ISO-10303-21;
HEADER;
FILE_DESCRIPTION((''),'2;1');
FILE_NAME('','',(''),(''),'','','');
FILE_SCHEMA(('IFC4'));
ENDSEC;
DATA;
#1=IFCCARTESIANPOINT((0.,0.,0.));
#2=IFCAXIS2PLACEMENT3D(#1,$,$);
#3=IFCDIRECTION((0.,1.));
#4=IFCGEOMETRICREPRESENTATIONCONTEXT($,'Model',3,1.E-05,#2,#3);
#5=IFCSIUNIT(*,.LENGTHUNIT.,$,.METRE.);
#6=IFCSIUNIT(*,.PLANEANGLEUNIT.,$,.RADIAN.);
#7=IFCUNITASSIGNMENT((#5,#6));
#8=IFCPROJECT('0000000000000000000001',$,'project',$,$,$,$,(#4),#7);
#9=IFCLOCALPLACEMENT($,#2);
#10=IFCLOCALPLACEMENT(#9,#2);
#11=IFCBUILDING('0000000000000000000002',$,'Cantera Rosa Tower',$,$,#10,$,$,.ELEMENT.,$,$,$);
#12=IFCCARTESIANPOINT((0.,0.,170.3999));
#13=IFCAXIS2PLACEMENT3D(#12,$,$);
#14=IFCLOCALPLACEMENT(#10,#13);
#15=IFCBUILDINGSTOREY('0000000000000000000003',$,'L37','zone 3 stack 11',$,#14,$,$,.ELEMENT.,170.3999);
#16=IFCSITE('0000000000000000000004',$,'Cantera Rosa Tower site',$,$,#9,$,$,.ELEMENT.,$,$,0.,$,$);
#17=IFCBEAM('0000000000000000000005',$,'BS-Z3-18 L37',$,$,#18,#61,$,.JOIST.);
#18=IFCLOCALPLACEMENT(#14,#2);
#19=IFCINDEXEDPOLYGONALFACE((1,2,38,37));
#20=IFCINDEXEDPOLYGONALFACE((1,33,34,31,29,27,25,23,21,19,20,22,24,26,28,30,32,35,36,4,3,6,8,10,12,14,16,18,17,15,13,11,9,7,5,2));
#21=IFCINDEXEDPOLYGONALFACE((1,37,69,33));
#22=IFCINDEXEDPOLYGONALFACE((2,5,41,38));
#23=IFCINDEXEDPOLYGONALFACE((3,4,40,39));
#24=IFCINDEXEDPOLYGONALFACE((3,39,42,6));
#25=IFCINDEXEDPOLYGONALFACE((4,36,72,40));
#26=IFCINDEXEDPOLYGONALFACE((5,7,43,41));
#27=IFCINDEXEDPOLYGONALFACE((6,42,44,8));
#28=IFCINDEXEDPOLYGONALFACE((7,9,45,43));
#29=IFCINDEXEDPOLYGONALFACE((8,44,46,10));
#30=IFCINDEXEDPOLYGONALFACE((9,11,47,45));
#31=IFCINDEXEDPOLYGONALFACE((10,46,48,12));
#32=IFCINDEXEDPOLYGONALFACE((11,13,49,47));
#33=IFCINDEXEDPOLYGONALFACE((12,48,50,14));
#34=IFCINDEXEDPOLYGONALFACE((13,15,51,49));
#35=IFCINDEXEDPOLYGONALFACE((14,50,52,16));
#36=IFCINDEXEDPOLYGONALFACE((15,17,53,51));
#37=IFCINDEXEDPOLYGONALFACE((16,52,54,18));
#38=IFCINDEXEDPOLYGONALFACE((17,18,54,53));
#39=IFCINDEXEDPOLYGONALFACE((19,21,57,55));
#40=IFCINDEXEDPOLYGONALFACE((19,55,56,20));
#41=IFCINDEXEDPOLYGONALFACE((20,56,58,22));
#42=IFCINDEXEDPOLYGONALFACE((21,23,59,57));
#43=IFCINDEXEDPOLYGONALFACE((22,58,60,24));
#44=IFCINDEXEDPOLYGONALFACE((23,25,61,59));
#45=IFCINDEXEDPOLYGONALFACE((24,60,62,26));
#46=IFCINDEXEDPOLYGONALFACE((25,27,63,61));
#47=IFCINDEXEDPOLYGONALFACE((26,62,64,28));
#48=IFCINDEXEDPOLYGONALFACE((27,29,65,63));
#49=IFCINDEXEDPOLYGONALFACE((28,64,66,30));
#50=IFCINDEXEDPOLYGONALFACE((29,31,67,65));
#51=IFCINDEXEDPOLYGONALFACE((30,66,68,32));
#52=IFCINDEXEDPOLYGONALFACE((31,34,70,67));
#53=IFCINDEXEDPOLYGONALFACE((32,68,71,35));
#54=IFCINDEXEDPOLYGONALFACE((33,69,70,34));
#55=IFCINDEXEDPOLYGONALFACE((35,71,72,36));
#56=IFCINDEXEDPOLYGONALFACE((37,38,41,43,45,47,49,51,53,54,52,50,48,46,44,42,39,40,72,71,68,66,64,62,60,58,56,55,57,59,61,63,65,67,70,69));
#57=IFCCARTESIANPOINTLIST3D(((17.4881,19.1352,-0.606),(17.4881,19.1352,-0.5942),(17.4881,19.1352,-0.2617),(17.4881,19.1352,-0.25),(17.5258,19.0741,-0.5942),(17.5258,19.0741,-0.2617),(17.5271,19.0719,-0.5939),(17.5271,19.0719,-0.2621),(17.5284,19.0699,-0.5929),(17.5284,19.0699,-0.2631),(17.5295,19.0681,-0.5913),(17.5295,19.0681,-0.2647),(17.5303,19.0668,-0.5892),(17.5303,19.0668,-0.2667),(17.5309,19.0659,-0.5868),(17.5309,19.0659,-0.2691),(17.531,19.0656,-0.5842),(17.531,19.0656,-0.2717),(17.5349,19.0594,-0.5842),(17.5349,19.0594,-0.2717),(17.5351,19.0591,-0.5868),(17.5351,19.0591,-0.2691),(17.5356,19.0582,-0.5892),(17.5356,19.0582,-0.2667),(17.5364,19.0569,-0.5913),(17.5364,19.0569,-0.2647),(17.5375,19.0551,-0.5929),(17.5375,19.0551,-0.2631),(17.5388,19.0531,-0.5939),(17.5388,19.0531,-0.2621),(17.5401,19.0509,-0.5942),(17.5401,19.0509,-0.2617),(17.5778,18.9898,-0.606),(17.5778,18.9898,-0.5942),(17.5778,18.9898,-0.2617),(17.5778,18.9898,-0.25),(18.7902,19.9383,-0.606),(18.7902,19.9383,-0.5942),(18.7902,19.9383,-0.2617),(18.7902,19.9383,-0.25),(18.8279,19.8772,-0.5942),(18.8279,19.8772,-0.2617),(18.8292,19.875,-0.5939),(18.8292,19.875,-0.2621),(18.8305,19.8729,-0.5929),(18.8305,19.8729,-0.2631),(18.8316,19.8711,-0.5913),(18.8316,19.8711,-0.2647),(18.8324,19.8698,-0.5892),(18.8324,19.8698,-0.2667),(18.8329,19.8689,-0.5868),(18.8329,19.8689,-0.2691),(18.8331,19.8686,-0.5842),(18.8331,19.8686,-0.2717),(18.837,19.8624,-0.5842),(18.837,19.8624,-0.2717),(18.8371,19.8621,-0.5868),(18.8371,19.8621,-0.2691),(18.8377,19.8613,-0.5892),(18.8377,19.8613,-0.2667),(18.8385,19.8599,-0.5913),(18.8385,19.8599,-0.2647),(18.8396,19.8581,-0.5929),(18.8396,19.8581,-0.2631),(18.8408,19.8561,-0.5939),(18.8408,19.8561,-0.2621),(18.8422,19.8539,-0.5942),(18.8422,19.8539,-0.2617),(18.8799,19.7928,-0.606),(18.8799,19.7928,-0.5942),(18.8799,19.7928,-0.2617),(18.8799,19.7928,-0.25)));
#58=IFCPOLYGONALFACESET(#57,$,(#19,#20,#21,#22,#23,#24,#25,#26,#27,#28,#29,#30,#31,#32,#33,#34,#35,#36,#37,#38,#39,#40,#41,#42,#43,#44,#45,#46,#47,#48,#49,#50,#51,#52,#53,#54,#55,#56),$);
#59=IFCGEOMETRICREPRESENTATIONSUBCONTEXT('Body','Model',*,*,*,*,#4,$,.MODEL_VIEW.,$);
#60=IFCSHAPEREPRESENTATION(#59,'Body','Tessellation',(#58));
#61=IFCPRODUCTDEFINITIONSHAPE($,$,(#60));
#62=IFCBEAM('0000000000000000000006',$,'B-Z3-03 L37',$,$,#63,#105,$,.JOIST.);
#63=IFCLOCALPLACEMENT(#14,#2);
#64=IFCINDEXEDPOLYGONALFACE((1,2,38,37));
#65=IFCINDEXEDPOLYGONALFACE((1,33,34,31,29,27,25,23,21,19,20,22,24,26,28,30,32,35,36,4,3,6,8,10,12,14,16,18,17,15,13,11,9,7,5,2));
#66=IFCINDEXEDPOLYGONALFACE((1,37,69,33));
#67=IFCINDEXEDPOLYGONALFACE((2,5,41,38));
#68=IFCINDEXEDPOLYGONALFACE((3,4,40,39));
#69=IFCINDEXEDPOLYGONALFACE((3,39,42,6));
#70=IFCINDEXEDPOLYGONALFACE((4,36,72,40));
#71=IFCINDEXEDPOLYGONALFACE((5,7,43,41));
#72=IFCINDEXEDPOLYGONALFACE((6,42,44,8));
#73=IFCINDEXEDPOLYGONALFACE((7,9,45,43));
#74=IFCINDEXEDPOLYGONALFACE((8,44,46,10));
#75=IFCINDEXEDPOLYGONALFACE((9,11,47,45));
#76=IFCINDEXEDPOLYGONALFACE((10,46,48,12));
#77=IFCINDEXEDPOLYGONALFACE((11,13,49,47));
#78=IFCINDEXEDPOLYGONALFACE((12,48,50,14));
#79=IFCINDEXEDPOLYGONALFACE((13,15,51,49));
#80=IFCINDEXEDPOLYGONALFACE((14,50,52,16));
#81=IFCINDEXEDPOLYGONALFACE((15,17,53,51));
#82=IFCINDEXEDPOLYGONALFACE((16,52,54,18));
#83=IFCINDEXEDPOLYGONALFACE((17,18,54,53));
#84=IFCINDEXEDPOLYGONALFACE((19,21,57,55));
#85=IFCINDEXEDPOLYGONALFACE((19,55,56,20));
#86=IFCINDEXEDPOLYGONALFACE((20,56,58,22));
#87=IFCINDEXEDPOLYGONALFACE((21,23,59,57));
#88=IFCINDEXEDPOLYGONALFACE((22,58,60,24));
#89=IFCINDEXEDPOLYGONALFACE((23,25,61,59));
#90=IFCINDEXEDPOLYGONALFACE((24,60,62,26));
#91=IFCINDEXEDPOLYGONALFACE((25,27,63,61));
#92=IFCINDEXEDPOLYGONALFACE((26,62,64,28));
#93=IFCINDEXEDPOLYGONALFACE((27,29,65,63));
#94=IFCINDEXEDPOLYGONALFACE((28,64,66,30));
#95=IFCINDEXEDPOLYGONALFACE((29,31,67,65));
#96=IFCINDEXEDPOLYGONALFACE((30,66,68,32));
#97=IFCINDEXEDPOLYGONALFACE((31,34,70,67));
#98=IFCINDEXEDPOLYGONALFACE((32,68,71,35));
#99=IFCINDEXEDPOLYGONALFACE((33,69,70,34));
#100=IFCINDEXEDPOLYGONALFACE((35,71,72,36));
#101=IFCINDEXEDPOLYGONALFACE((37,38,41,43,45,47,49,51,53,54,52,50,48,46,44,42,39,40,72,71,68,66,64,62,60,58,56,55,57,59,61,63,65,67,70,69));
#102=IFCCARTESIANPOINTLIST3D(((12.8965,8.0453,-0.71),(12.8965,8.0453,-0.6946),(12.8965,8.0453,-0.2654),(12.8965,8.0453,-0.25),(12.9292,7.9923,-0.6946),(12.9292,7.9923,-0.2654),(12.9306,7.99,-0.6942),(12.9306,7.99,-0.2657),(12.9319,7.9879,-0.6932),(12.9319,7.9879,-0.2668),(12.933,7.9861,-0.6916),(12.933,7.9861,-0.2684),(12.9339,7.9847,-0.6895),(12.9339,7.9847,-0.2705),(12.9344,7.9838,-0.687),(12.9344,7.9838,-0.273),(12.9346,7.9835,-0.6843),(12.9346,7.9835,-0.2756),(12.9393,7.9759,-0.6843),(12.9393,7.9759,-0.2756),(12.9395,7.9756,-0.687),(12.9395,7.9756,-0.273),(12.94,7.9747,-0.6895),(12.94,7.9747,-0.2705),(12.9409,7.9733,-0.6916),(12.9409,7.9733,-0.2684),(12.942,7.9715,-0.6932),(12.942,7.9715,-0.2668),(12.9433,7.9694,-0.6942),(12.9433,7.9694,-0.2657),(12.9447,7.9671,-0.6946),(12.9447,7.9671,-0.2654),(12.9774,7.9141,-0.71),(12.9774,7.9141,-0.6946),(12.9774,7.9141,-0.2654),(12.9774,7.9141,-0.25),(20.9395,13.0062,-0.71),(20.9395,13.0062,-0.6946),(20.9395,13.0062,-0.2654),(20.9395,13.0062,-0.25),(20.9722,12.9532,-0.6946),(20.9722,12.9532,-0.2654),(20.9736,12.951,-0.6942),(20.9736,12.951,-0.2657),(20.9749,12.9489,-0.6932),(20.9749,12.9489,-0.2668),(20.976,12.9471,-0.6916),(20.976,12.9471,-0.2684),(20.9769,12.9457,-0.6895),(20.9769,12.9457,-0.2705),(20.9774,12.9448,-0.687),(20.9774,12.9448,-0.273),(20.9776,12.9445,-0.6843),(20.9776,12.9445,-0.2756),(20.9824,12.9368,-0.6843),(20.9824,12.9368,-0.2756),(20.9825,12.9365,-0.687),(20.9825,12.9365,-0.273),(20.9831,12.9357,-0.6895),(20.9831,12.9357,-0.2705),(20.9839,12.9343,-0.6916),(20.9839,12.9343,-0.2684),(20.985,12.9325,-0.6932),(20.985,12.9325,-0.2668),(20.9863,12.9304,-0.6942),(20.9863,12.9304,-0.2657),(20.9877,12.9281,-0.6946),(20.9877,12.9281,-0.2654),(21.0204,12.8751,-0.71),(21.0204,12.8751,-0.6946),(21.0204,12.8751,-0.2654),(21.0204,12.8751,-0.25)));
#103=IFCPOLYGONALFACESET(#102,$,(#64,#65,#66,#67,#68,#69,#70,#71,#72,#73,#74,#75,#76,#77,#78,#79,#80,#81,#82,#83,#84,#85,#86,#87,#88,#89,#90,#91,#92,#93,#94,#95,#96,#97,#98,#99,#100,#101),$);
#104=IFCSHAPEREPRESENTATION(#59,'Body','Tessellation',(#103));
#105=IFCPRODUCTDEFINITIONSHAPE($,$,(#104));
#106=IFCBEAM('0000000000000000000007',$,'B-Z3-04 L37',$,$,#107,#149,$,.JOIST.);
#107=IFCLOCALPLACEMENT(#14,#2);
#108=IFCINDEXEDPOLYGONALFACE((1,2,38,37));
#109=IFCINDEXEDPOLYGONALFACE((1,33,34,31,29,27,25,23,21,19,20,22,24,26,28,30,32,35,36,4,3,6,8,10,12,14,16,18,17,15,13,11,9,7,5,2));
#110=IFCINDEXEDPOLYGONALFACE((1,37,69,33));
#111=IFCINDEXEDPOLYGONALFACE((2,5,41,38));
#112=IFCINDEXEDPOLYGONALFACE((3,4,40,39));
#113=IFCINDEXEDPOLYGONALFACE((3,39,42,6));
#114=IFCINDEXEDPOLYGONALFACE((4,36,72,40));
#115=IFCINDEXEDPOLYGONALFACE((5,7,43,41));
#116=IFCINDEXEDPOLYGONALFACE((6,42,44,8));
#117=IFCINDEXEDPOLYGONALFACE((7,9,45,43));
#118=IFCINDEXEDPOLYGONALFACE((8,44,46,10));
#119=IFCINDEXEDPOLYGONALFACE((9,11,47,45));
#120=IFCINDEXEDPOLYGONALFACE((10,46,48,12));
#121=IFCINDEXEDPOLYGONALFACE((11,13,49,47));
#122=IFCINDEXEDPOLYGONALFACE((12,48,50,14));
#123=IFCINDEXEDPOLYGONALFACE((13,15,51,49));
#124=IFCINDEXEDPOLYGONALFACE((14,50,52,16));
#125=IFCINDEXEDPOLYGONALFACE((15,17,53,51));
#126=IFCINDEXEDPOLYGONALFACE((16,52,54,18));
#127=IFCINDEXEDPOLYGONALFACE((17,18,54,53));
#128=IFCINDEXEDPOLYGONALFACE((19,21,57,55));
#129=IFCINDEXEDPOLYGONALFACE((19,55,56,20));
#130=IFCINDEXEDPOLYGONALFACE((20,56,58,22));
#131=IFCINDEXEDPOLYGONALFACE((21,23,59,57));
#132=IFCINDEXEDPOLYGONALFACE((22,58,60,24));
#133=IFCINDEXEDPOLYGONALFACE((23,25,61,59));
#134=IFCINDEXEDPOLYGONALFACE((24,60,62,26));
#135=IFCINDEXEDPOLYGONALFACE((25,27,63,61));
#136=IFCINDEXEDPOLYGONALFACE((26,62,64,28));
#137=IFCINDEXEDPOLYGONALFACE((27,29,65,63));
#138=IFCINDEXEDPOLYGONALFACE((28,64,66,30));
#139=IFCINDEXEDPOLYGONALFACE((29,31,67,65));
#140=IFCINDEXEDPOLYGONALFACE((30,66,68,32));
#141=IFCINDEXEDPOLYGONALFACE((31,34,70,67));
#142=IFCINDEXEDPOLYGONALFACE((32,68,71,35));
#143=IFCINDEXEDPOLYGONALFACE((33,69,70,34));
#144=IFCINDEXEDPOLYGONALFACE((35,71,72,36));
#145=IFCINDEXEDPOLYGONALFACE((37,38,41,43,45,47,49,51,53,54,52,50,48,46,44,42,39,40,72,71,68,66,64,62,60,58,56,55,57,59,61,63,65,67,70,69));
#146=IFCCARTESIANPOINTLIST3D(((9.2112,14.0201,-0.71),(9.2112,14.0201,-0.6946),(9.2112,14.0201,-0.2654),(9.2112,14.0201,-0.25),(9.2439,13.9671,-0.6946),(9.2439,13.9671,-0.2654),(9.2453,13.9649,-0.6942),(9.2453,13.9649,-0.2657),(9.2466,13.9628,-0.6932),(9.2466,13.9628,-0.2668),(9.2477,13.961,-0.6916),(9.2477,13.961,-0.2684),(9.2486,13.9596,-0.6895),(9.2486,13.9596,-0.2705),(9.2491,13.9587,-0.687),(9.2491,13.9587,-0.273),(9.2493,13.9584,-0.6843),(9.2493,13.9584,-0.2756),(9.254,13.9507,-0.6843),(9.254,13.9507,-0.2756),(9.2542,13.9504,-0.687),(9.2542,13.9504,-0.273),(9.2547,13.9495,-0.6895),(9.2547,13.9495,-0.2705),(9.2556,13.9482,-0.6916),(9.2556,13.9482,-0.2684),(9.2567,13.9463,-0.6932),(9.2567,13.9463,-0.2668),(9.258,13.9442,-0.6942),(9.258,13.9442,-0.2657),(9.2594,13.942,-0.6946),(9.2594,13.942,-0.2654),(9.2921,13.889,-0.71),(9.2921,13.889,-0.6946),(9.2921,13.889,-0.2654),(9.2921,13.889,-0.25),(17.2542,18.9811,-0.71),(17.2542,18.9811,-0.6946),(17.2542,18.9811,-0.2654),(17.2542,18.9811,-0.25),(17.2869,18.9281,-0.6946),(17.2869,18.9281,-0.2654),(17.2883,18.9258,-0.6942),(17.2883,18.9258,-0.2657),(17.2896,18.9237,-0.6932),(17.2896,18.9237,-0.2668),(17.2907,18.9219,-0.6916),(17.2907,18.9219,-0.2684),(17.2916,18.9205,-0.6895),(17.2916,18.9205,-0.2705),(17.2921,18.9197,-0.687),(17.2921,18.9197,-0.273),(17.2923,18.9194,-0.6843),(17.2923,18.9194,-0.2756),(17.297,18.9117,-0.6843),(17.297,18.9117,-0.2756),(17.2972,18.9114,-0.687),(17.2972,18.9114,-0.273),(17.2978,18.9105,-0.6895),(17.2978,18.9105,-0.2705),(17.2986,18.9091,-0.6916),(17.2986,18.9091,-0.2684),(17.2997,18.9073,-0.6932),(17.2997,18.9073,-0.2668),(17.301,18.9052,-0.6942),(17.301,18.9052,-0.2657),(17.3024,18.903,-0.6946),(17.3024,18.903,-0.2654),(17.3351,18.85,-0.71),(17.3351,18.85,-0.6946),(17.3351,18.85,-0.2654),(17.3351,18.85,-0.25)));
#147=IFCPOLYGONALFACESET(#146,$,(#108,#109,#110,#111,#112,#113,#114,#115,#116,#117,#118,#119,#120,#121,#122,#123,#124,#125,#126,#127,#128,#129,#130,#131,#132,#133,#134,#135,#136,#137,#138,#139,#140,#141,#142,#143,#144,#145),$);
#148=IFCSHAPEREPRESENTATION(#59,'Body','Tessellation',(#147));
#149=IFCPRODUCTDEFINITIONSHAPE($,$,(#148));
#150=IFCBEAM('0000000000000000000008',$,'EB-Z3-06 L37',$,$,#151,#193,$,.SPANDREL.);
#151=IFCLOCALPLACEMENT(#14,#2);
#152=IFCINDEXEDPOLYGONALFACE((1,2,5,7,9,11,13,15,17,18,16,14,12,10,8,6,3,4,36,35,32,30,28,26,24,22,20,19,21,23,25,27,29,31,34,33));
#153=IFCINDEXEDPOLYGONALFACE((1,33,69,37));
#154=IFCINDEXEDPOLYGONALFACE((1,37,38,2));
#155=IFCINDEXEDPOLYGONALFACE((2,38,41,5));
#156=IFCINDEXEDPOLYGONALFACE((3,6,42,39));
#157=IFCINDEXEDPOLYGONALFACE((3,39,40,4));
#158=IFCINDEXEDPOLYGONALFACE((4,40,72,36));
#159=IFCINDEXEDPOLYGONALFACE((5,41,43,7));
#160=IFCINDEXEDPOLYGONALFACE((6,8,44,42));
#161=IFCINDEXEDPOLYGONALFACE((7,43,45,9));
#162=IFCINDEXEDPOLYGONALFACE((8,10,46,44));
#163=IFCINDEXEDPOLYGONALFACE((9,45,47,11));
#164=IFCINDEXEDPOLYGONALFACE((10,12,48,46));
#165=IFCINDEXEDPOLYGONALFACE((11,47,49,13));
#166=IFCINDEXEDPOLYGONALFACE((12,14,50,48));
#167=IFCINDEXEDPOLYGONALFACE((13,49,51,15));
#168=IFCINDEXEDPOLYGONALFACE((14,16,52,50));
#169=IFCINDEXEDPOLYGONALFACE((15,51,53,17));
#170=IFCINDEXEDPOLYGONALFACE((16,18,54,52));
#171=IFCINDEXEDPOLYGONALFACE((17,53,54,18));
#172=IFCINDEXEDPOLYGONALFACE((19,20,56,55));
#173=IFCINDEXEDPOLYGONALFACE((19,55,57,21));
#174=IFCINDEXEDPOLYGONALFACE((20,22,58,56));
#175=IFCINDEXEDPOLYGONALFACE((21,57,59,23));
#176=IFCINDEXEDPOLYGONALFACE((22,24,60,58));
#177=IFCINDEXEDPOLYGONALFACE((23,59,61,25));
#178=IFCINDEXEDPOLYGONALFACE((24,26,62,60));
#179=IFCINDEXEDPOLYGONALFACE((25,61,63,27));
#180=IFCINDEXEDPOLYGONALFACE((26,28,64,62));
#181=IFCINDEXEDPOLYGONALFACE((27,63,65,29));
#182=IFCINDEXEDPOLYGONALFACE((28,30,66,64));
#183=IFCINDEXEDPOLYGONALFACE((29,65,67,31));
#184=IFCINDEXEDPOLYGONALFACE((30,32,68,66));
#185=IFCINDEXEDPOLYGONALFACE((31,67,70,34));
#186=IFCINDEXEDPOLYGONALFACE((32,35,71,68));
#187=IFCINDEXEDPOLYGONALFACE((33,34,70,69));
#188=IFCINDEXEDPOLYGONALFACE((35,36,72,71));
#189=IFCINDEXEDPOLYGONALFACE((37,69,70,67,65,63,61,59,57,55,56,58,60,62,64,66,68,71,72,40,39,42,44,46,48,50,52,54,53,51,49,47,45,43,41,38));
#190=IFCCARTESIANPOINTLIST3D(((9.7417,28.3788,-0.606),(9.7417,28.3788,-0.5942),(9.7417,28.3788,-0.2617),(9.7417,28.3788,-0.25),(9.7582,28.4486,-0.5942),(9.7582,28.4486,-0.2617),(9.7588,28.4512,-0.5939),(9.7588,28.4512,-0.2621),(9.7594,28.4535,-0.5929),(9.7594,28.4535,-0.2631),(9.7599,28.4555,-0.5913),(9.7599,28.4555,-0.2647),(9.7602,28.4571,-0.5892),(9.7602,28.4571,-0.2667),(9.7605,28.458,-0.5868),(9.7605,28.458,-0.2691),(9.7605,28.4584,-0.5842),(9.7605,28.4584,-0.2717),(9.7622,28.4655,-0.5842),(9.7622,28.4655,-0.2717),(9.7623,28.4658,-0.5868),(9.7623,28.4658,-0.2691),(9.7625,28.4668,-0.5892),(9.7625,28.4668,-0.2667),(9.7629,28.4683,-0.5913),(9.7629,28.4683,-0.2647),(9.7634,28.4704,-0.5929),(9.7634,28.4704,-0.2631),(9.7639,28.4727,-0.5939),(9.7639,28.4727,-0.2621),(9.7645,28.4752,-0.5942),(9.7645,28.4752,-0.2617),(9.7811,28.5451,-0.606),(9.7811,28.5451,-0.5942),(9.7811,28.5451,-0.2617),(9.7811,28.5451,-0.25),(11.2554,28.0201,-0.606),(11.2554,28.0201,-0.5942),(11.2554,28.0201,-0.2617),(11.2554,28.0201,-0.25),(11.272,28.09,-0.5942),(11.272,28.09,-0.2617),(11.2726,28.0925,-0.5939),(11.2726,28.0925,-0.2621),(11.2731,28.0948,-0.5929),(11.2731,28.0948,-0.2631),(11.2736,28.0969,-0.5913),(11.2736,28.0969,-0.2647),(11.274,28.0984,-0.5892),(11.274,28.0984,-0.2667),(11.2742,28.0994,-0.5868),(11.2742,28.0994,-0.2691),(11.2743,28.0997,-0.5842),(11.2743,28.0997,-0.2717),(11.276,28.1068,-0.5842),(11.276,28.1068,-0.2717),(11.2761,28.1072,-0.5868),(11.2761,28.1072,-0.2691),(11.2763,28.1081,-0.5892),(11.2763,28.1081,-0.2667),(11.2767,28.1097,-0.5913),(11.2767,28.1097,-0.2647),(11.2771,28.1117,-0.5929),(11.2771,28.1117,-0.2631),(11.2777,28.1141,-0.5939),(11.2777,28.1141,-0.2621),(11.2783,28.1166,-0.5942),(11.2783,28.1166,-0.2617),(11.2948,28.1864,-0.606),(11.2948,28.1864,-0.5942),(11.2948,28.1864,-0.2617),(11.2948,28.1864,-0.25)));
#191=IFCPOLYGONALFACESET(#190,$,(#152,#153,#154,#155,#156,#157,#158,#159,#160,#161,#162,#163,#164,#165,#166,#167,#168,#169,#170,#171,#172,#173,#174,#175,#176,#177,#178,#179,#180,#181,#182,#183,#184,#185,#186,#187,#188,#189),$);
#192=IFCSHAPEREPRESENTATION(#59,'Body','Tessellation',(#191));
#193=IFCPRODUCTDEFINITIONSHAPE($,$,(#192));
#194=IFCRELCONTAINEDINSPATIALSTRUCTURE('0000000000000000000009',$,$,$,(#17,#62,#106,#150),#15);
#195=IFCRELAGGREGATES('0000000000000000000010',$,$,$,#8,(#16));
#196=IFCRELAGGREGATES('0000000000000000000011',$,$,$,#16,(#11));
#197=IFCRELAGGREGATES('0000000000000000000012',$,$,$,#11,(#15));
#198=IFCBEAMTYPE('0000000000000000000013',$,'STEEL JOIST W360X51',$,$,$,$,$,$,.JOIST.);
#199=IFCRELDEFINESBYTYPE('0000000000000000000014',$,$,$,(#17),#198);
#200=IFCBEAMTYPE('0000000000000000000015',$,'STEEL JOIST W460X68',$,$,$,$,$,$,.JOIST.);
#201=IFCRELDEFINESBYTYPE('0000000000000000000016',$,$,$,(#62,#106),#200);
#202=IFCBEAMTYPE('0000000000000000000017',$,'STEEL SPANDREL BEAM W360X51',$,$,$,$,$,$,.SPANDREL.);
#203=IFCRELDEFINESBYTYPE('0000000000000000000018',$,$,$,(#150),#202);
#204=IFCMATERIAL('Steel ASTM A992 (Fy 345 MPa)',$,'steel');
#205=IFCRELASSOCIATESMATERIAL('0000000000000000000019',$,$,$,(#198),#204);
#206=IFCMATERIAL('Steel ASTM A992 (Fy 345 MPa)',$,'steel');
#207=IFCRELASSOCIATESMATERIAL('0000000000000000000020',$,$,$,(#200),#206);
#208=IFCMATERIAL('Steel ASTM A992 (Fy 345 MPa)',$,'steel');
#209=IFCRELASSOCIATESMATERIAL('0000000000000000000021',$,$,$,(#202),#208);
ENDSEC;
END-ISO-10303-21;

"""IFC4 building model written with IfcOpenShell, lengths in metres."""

from ifc_helpers import new_model, si_unit, direction, frame, origin, origin_2d, place, context, subcontext, project, spatial, i_section, extrude, material, material_profile, profile_set, type_object, element, save


model = new_model("IFC4")

# Units and contexts
model_context = context("Model", 3, precision=1e-05, world=origin(), true_north=direction((0.0, 1.0)))
body_context = subcontext(model_context, "Body", "Model", "MODEL_VIEW")
ifc_project = project(units=[si_unit("LENGTHUNIT", "METRE"), si_unit("PLANEANGLEUNIT", "RADIAN")], contexts=[model_context])

# Site, building, storey
site_placement = place(None, origin())
site = spatial("IfcSite", under=ifc_project, at=site_placement, Name="Cantera Rosa Tower site", CompositionType="ELEMENT", RefElevation=0.0)
building_placement = place(site_placement, origin())
building = spatial("IfcBuilding", under=site, at=building_placement, Name="Cantera Rosa Tower", CompositionType="ELEMENT")
storey_placement = place(building_placement, frame((0.0, 0.0, 170.3999)))
storey = spatial("IfcBuildingStorey", under=building, at=storey_placement, Name="L37", Description="zone 3 stack 11", CompositionType="ELEMENT", Elevation=170.3999)

# Beams
ifc_material_1 = material(Name="Steel ASTM A992 (Fy 345 MPa)", Category="steel")
ifc_material_profile_1 = material_profile(ifc_material_1, i_section(OverallWidth=0.1709, OverallDepth=0.356, WebThickness=0.0073, FlangeThickness=0.0117, FilletRadius=0.01, at=origin_2d()), Name="W360X51")
ifc_profile_set_1 = profile_set([ifc_material_profile_1], Name="Steel ASTM A992 (Fy 345 MPa)")
beam_type_1 = type_object("IfcBeamType", Name="STEEL JOIST W360X51", PredefinedType="JOIST", material=ifc_profile_set_1)
beam_1_placement = place(storey_placement, frame((17.533, 19.0625, -0.428), z_axis=(0.851148, 0.524925, 0.0), x_axis=(-0.524925, 0.851148, 0.0)))
element("IfcBeam", 1, at=beam_1_placement, inside=storey, type_object=beam_type_1, Name="BS-Z3-18 L37", PredefinedType="JOIST", context=body_context, shape_type="SweptSolid", body=[
    extrude(i_section(OverallWidth=0.1709, OverallDepth=0.356, WebThickness=0.0073, FlangeThickness=0.0117, FilletRadius=0.01, at=origin_2d()), origin(), (0.0, 0.0, 1.0), 1.5298),
])
ifc_material_2 = material(Name="Steel ASTM A992 (Fy 345 MPa)", Category="steel")
ifc_material_profile_2 = material_profile(ifc_material_2, i_section(OverallWidth=0.1541, OverallDepth=0.46, WebThickness=0.009, FlangeThickness=0.0154, FilletRadius=0.0103, at=origin_2d()), Name="W460X68")
ifc_profile_set_2 = profile_set([ifc_material_profile_2], Name="Steel ASTM A992 (Fy 345 MPa)")
beam_type_2 = type_object("IfcBeamType", Name="STEEL JOIST W460X68", PredefinedType="JOIST", material=ifc_profile_set_2)
for number, where, z_axis, x_axis, name in (
    (2, (20.98, 12.9407, -0.48), (-0.851119, -0.524974, 0.0), (0.524974, -0.851119, 0.0), "B-Z3-03 L37"),
    (3, (17.2947, 18.9155, -0.48), (-0.851119, -0.524974, 0.0), (0.524974, -0.851119, 0.0), "B-Z3-04 L37"),
):
    element("IfcBeam", number, at=place(storey_placement, frame(where, z_axis=z_axis, x_axis=x_axis)), inside=storey, type_object=beam_type_2, Name=name, PredefinedType="JOIST", context=body_context, shape_type="SweptSolid", body=[
        extrude(i_section(OverallWidth=0.1541, OverallDepth=0.46, WebThickness=0.009, FlangeThickness=0.0154, FilletRadius=0.0103, at=origin_2d()), origin(), (0.0, 0.0, 1.0), 9.45),
    ])
ifc_material_3 = material(Name="Steel ASTM A992 (Fy 345 MPa)", Category="steel")
ifc_material_profile_3 = material_profile(ifc_material_3, i_section(OverallWidth=0.1709, OverallDepth=0.356, WebThickness=0.0073, FlangeThickness=0.0117, FilletRadius=0.01, at=origin_2d()), Name="W360X51")
ifc_profile_set_3 = profile_set([ifc_material_profile_3], Name="Steel ASTM A992 (Fy 345 MPa)")
beam_type_3 = type_object("IfcBeamType", Name="STEEL SPANDREL BEAM W360X51", PredefinedType="SPANDREL", material=ifc_profile_set_3)
beam_2_placement = place(storey_placement, frame((11.2751, 28.1033, -0.428), z_axis=(-0.97306, 0.230552, 0.0), x_axis=(-0.230552, -0.97306, 0.0)))
element("IfcBeam", 4, at=beam_2_placement, inside=storey, type_object=beam_type_3, Name="EB-Z3-06 L37", PredefinedType="SPANDREL", context=body_context, shape_type="SweptSolid", body=[
    extrude(i_section(OverallWidth=0.1709, OverallDepth=0.356, WebThickness=0.0073, FlangeThickness=0.0117, FilletRadius=0.01, at=origin_2d()), origin(), (0.0, 0.0, 1.0), 1.5557),
])

save(model, "model.ifc")
